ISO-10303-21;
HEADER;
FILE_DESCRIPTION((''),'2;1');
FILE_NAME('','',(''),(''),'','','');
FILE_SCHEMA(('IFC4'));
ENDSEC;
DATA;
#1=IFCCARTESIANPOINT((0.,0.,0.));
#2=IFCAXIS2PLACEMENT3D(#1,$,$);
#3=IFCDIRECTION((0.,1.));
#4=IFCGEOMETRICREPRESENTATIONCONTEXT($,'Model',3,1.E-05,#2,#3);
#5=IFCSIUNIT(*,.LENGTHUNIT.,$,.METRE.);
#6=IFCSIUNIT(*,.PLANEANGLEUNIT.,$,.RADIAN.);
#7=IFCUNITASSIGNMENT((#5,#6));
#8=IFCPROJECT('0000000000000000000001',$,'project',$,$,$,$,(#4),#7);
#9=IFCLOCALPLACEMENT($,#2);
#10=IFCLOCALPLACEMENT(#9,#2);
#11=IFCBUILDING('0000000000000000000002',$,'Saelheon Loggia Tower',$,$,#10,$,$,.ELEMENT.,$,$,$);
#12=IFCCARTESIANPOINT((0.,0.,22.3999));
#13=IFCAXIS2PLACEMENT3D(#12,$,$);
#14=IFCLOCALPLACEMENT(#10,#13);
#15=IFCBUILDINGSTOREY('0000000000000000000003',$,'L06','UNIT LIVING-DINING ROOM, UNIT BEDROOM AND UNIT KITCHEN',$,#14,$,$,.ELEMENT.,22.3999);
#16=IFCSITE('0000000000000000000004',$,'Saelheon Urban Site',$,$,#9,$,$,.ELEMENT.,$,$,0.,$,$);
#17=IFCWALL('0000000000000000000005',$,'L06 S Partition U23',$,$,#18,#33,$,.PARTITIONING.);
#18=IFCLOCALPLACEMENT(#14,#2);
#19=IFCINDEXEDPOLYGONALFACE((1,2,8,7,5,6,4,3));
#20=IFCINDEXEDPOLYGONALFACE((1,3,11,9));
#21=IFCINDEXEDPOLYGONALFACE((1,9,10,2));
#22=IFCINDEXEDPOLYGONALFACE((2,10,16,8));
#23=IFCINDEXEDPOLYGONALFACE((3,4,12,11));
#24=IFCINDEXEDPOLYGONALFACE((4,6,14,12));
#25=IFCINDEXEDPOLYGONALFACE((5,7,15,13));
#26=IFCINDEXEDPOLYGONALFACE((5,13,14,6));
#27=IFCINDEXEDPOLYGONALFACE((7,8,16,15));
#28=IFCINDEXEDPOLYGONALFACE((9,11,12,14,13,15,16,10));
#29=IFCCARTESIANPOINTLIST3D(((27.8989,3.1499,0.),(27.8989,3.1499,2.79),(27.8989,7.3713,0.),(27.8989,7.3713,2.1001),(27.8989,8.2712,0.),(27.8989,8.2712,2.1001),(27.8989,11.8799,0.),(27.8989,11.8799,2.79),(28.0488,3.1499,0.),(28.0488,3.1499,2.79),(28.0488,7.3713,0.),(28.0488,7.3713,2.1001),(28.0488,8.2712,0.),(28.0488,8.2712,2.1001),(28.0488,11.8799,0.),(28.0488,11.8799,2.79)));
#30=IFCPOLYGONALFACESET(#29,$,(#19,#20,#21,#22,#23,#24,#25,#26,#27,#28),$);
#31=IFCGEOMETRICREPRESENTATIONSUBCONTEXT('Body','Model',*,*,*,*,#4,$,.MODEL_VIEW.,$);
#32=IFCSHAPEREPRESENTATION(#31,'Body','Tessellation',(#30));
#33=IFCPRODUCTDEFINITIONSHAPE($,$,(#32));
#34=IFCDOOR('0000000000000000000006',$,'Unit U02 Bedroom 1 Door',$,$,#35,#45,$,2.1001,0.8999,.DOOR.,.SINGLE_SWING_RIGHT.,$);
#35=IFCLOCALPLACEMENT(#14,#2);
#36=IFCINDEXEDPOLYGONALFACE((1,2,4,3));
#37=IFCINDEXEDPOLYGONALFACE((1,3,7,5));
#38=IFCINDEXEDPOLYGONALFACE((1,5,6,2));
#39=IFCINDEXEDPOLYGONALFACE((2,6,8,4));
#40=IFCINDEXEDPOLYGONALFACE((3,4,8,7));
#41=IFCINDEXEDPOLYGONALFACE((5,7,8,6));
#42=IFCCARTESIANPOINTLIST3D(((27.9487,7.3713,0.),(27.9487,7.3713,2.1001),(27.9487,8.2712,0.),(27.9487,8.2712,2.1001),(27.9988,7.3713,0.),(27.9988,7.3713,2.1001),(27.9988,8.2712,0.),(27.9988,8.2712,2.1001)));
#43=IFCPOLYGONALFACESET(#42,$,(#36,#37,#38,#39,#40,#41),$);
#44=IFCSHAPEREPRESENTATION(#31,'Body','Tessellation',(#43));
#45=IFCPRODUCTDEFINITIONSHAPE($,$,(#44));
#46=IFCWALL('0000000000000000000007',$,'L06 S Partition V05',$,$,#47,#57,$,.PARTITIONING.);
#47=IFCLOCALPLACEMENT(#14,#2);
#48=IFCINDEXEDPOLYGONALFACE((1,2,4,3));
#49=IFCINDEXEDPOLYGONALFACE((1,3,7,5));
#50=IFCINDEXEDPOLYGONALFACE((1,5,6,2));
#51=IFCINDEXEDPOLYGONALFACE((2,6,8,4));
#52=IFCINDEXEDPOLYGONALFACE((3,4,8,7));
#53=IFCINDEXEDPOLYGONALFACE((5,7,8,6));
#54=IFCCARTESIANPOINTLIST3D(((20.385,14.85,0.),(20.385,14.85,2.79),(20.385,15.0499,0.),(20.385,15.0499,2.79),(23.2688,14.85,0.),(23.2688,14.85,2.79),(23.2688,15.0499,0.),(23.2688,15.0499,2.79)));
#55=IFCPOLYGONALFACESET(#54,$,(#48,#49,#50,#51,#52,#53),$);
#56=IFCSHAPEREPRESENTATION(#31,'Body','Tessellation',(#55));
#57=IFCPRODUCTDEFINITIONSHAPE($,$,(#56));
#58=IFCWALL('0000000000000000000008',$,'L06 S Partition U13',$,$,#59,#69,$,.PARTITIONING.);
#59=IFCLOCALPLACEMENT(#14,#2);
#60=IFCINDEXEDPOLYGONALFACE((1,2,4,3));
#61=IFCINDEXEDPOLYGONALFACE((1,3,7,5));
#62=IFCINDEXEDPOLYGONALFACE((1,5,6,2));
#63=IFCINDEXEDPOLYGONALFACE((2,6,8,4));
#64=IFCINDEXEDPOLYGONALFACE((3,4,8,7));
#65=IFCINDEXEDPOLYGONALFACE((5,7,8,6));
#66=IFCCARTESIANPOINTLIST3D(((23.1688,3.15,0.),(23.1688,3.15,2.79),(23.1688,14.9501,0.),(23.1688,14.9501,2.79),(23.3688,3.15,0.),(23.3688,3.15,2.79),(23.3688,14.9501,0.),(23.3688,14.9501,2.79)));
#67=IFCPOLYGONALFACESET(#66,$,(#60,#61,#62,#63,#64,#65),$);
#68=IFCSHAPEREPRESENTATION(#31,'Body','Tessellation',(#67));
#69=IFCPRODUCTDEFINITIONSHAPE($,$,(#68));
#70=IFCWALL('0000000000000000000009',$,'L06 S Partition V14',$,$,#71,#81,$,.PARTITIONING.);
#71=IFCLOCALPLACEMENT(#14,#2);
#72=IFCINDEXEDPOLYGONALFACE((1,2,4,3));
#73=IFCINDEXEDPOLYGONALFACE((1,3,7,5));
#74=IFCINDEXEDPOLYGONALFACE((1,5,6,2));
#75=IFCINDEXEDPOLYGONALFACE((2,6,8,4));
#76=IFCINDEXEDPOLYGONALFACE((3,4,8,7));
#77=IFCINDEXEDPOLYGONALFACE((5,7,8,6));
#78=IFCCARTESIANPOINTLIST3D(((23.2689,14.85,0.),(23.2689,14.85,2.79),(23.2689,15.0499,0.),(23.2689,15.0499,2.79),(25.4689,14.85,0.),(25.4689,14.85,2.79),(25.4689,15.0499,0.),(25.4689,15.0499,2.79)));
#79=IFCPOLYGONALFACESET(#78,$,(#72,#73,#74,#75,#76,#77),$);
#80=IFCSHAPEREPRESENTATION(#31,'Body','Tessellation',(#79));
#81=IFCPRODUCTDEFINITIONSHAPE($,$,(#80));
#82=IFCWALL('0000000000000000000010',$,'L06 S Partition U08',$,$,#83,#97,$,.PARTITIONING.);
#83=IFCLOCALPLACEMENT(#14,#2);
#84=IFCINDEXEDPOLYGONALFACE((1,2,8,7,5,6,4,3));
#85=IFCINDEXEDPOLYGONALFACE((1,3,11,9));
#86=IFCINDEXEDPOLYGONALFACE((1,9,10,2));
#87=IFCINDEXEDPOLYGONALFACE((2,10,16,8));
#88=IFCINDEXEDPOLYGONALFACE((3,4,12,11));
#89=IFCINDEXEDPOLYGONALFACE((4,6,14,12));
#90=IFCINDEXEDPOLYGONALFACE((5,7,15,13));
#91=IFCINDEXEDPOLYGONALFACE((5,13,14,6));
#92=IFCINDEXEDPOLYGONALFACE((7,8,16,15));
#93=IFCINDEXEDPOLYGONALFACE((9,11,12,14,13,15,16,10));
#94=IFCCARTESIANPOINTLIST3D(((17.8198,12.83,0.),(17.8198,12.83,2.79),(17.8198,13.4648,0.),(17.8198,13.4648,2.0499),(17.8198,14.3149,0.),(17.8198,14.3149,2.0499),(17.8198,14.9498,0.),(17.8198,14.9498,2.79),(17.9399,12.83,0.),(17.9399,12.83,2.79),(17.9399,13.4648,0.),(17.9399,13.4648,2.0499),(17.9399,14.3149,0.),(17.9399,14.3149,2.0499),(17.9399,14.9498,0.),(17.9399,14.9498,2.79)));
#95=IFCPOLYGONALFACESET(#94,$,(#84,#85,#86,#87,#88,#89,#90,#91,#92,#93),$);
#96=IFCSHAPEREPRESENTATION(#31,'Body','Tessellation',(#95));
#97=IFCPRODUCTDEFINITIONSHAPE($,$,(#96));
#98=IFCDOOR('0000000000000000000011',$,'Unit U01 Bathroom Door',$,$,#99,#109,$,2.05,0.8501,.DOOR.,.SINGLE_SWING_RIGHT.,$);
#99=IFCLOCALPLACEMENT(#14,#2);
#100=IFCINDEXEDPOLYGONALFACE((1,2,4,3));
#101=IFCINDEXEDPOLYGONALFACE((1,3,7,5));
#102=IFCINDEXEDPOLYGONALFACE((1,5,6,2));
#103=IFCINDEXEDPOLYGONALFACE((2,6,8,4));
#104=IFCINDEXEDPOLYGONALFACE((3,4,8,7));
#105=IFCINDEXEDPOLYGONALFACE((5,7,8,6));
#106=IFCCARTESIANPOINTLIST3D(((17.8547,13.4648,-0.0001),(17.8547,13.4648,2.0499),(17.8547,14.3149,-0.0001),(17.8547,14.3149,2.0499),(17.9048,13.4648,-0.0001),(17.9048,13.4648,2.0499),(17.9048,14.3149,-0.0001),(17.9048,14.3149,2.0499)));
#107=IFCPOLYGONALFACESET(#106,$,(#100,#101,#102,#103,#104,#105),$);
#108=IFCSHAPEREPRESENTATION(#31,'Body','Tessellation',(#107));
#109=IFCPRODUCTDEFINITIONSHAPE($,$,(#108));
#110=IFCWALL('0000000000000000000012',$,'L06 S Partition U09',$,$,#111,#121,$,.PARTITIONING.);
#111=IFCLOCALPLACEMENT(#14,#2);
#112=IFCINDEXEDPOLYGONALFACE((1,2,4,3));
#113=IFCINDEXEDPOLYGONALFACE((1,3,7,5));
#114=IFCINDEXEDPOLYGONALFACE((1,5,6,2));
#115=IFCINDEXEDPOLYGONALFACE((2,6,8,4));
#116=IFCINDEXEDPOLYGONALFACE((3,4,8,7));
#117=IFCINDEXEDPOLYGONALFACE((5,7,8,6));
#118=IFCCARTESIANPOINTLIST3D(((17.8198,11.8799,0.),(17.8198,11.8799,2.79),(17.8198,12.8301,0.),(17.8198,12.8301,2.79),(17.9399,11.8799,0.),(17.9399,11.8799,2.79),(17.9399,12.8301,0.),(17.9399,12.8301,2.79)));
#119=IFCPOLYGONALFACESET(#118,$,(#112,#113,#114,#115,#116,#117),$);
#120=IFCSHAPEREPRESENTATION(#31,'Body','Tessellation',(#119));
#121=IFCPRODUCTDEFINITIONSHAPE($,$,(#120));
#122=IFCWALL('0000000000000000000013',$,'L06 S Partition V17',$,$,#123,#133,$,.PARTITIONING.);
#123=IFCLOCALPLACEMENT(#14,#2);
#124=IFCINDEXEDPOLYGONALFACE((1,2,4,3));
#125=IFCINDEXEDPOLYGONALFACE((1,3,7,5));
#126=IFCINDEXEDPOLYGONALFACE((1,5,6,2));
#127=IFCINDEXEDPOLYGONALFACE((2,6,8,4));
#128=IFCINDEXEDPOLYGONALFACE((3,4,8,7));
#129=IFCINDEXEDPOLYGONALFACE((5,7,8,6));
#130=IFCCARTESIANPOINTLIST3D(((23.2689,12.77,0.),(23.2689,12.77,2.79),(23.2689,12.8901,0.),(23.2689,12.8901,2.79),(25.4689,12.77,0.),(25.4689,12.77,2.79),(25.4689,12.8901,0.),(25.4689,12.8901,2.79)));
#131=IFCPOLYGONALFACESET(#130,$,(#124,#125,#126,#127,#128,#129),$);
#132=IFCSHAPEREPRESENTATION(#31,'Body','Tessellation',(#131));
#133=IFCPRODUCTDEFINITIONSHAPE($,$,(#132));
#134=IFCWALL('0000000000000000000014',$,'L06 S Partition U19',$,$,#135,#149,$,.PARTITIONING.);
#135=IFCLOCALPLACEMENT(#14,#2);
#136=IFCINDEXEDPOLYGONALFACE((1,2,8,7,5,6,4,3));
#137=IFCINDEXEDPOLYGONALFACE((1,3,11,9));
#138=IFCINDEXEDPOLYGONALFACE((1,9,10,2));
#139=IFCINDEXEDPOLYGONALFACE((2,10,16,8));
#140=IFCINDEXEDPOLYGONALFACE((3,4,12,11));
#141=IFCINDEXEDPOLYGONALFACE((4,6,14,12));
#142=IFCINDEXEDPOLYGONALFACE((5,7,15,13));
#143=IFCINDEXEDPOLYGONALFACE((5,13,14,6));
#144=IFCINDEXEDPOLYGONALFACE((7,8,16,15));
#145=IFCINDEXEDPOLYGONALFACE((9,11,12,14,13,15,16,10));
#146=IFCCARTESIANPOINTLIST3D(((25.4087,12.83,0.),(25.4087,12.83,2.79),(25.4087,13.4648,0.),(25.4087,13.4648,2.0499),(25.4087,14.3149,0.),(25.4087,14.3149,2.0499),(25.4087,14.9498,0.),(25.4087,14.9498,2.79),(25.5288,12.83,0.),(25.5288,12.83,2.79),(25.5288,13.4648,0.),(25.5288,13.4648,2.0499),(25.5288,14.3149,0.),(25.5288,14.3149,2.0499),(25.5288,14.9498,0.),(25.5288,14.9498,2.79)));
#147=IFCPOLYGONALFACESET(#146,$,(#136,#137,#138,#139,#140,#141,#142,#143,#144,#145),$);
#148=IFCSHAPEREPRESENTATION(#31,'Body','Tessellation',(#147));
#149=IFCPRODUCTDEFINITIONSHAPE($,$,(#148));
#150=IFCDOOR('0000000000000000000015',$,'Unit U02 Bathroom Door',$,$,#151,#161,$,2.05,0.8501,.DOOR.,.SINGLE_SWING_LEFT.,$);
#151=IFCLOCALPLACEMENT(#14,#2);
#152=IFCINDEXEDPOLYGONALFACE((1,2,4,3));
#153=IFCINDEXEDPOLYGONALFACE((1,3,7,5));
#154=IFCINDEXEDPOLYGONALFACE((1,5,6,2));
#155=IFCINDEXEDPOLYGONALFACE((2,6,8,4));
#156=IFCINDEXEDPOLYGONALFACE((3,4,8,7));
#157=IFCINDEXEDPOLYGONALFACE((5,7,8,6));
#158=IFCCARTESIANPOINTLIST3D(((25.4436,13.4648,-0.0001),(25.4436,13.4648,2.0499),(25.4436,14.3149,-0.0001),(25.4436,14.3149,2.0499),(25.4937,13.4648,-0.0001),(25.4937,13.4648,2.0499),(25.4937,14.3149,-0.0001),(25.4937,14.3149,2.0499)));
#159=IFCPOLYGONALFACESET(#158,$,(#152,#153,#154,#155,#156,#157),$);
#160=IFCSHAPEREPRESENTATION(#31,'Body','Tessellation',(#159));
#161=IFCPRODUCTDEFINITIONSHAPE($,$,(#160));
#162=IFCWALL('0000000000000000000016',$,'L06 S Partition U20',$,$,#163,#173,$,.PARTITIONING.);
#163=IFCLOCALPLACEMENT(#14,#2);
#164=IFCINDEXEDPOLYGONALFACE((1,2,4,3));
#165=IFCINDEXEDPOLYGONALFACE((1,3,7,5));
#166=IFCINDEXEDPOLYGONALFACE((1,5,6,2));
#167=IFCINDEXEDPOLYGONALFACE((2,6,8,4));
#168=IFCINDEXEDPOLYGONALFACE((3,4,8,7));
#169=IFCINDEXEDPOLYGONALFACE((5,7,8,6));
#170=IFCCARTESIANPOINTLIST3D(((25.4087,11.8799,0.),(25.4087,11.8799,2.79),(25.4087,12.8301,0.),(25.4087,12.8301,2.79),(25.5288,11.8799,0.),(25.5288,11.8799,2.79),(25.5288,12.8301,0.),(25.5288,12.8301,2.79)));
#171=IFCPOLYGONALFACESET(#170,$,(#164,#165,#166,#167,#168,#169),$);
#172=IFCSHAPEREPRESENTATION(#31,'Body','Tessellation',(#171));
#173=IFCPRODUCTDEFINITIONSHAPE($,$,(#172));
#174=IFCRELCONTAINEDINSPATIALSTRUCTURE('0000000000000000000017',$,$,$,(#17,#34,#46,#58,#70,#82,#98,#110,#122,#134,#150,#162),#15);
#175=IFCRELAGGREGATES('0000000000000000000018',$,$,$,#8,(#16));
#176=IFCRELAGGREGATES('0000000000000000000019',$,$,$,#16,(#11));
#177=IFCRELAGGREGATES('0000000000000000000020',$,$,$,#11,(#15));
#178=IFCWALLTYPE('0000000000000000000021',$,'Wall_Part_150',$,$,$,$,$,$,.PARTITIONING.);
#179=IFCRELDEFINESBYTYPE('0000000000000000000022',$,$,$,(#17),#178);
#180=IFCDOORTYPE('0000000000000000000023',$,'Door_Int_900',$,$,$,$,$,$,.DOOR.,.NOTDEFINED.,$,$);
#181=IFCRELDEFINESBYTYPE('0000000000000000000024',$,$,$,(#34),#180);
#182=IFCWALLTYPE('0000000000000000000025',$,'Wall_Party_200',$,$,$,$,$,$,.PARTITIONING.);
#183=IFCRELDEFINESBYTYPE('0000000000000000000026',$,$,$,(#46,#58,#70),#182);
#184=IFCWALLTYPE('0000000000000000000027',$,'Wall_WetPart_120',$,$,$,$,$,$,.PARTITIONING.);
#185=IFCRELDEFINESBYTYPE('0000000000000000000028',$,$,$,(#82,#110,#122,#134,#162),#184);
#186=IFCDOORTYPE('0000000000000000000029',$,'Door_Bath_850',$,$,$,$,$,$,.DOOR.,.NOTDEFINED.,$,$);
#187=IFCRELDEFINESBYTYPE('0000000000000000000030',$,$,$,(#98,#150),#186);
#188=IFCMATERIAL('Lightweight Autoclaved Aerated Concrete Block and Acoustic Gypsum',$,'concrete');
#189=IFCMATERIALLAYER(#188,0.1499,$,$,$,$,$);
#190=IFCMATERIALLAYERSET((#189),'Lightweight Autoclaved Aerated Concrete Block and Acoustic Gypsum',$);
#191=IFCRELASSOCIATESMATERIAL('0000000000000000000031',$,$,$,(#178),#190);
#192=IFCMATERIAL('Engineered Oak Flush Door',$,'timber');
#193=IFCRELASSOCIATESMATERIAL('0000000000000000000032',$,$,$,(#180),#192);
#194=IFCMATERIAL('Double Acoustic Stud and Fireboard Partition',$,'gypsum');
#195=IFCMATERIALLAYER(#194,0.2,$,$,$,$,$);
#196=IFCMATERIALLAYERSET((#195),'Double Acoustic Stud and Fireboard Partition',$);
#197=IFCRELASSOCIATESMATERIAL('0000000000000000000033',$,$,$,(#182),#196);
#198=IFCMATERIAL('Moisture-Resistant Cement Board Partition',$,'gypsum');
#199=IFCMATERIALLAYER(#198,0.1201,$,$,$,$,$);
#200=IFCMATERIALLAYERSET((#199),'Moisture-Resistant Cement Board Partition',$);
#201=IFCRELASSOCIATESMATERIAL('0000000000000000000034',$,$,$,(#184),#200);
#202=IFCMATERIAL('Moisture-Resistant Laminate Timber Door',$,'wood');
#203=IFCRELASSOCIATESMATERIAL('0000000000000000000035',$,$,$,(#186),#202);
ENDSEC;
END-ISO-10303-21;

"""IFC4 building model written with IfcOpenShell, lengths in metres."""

from ifc_helpers import new_model, si_unit, direction, frame, frame_2d, origin, place, context, subcontext, project, spatial, rectangle, extrude, source, transform, mapped, material, layer, layer_set, type_object, element, fill, save


model = new_model("IFC4")

# Units and contexts
model_context = context("Model", 3, precision=1e-05, world=origin(), true_north=direction((0.0, 1.0)))
body_context = subcontext(model_context, "Body", "Model", "MODEL_VIEW")
ifc_project = project(units=[si_unit("LENGTHUNIT", "METRE"), si_unit("PLANEANGLEUNIT", "RADIAN")], contexts=[model_context])

# Site, building, storey
site_placement = place(None, origin())
site = spatial("IfcSite", under=ifc_project, at=site_placement, Name="Saelheon Urban Site", CompositionType="ELEMENT", RefElevation=0.0)
building_placement = place(site_placement, origin())
building = spatial("IfcBuilding", under=site, at=building_placement, Name="Saelheon Loggia Tower", CompositionType="ELEMENT")
storey_placement = place(building_placement, frame((0.0, 0.0, 22.3999)))
storey = spatial("IfcBuildingStorey", under=building, at=storey_placement, Name="L06", Description="UNIT LIVING-DINING ROOM, UNIT BEDROOM AND UNIT KITCHEN", CompositionType="ELEMENT", Elevation=22.3999)

# Shared definitions
ifc_material_1 = material(Name="Lightweight Autoclaved Aerated Concrete Block and Acoustic Gypsum", Category="concrete")
ifc_layer_1 = layer(ifc_material_1, 0.1499)
ifc_layer_set_1 = layer_set([ifc_layer_1], Name="Lightweight Autoclaved Aerated Concrete Block and Acoustic Gypsum")
wall_type_1 = type_object("IfcWallType", Name="Wall_Part_150", PredefinedType="PARTITIONING", material=ifc_layer_set_1)

# Shared definitions
ifc_material_2 = material(Name="Engineered Oak Flush Door", Category="timber")
door_type_1 = type_object("IfcDoorType", Name="Door_Int_900", OperationType="NOTDEFINED", PredefinedType="DOOR", material=ifc_material_2)
shared_shape_1 = source(origin(), body_context, "Body", "SweptSolid", [
    extrude(rectangle(XDim=0.8999, YDim=2.1001, at=frame_2d((0.45, 1.05))), frame((0.0, 0.0249, 0.0), z_axis=(0.0, -1.0, 0.0), x_axis=(1.0, 0.0, 0.0)), (0.0, 0.0, 1.0), 0.05),
])

# Wall, opening, door
wall_1_placement = place(storey_placement, frame((27.9739, 11.8799, 0.0), z_axis=(0.0, 0.0, 1.0), x_axis=(0.0, -1.0, 0.0)))
wall_1 = element("IfcWall", 1, at=wall_1_placement, inside=storey, type_object=wall_type_1, Name="L06 S Partition U23", PredefinedType="PARTITIONING", context=body_context, shape_type="SweptSolid", body=[
    extrude(rectangle(XDim=8.73, YDim=0.1499, at=frame_2d((4.365, 0.0))), origin(), (0.0, 0.0, 1.0), 2.79),
])
opening_1_placement = place(wall_1_placement, frame((3.6086, 0.0, 0.0)))
opening_1 = element("IfcOpeningElement", 2, at=opening_1_placement, cuts=wall_1, PredefinedType="OPENING", context=body_context, shape_type="SweptSolid", body=[
    extrude(rectangle(XDim=0.8999, YDim=2.1001, at=frame_2d((0.45, 1.05))), frame((0.0, 0.0869, 0.0), z_axis=(0.0, -1.0, 0.0), x_axis=(1.0, 0.0, 0.0)), (0.0, 0.0, 1.0), 0.1738),
])
door_1_placement = place(opening_1_placement, origin())
door_1 = element("IfcDoor", 3, at=door_1_placement, inside=storey, type_object=door_type_1, Name="Unit U02 Bedroom 1 Door", OperationType="SINGLE_SWING_RIGHT", OverallHeight=2.1001, OverallWidth=0.8999, PredefinedType="DOOR", context=body_context, shape_type="MappedRepresentation", body=[
    mapped(shared_shape_1, transform((0.0, 0.0, 0.0), scale=1.0)),
])
fill(opening_1, door_1)
ifc_material_3 = material(Name="Double Acoustic Stud and Fireboard Partition", Category="gypsum")
ifc_layer_2 = layer(ifc_material_3, 0.2)
ifc_layer_set_2 = layer_set([ifc_layer_2], Name="Double Acoustic Stud and Fireboard Partition")
wall_type_2 = type_object("IfcWallType", Name="Wall_Party_200", PredefinedType="PARTITIONING", material=ifc_layer_set_2)

# Walls
wall_2_placement = place(storey_placement, frame((20.385, 14.95, 0.0), z_axis=(0.0, 0.0, 1.0), x_axis=(1.0, 0.0, 0.0)))
element("IfcWall", 4, at=wall_2_placement, inside=storey, type_object=wall_type_2, Name="L06 S Partition V05", PredefinedType="PARTITIONING", context=body_context, shape_type="SweptSolid", body=[
    extrude(rectangle(XDim=2.8838, YDim=0.2, at=frame_2d((1.4419, 0.0))), origin(), (0.0, 0.0, 1.0), 2.79),
])
wall_3_placement = place(storey_placement, frame((23.2688, 14.95, 0.0), z_axis=(0.0, 0.0, 1.0), x_axis=(0.0, -1.0, 0.0)))
element("IfcWall", 5, at=wall_3_placement, inside=storey, type_object=wall_type_2, Name="L06 S Partition U13", PredefinedType="PARTITIONING", context=body_context, shape_type="SweptSolid", body=[
    extrude(rectangle(XDim=11.8, YDim=0.2, at=frame_2d((5.8999, 0.0))), origin(), (0.0, 0.0, 1.0), 2.79),
])
wall_4_placement = place(storey_placement, frame((23.2688, 14.95, 0.0), z_axis=(0.0, 0.0, 1.0), x_axis=(1.0, 0.0, 0.0)))
element("IfcWall", 6, at=wall_4_placement, inside=storey, type_object=wall_type_2, Name="L06 S Partition V14", PredefinedType="PARTITIONING", context=body_context, shape_type="SweptSolid", body=[
    extrude(rectangle(XDim=2.2, YDim=0.2, at=frame_2d((1.1001, 0.0))), origin(), (0.0, 0.0, 1.0), 2.79),
])

# Wall, opening, door
ifc_material_4 = material(Name="Moisture-Resistant Cement Board Partition", Category="gypsum")
ifc_layer_3 = layer(ifc_material_4, 0.1201)
ifc_layer_set_3 = layer_set([ifc_layer_3], Name="Moisture-Resistant Cement Board Partition")
wall_type_3 = type_object("IfcWallType", Name="Wall_WetPart_120", PredefinedType="PARTITIONING", material=ifc_layer_set_3)
wall_5_placement = place(storey_placement, frame((17.8799, 14.95, 0.0), z_axis=(0.0, 0.0, 1.0), x_axis=(0.0, -1.0, 0.0)))
wall_5 = element("IfcWall", 7, at=wall_5_placement, inside=storey, type_object=wall_type_3, Name="L06 S Partition U08", PredefinedType="PARTITIONING", context=body_context, shape_type="SweptSolid", body=[
    extrude(rectangle(XDim=2.1199, YDim=0.1201, at=frame_2d((1.0601, 0.0))), origin(), (0.0, 0.0, 1.0), 2.79),
])
opening_2_placement = place(wall_5_placement, frame((0.635, 0.0, 0.0)))
opening_2 = element("IfcOpeningElement", 8, at=opening_2_placement, cuts=wall_5, PredefinedType="OPENING", context=body_context, shape_type="SweptSolid", body=[
    extrude(rectangle(XDim=0.8501, YDim=2.05, at=frame_2d((0.425, 1.0249))), frame((0.0, 0.072, 0.0), z_axis=(0.0, -1.0, 0.0), x_axis=(1.0, 0.0, 0.0)), (0.0, 0.0, 1.0), 0.144),
])
ifc_material_5 = material(Name="Moisture-Resistant Laminate Timber Door", Category="wood")
door_type_2 = type_object("IfcDoorType", Name="Door_Bath_850", OperationType="NOTDEFINED", PredefinedType="DOOR", material=ifc_material_5)
shared_shape_2 = source(origin(), body_context, "Body", "SweptSolid", [
    extrude(rectangle(XDim=0.8501, YDim=2.05, at=frame_2d((0.425, 1.0249))), frame((0.0, 0.0249, 0.0), z_axis=(0.0, -1.0, 0.0), x_axis=(1.0, 0.0, 0.0)), (0.0, 0.0, 1.0), 0.05),
])
door_2_placement = place(opening_2_placement, origin())
door_2 = element("IfcDoor", 9, at=door_2_placement, inside=storey, type_object=door_type_2, Name="Unit U01 Bathroom Door", OperationType="SINGLE_SWING_RIGHT", OverallHeight=2.05, OverallWidth=0.8501, PredefinedType="DOOR", context=body_context, shape_type="MappedRepresentation", body=[
    mapped(shared_shape_2, transform((0.0, 0.0, 0.0), scale=1.0)),
])
fill(opening_2, door_2)

# Walls
wall_6_placement = place(storey_placement, frame((17.8799, 12.8301, 0.0), z_axis=(0.0, 0.0, 1.0), x_axis=(0.0, -1.0, 0.0)))
element("IfcWall", 10, at=wall_6_placement, inside=storey, type_object=wall_type_3, Name="L06 S Partition U09", PredefinedType="PARTITIONING", context=body_context, shape_type="SweptSolid", body=[
    extrude(rectangle(XDim=0.9502, YDim=0.1201, at=frame_2d((0.4751, 0.0))), origin(), (0.0, 0.0, 1.0), 2.79),
])
wall_7_placement = place(storey_placement, frame((23.2688, 12.8301, 0.0), z_axis=(0.0, 0.0, 1.0), x_axis=(1.0, 0.0, 0.0)))
element("IfcWall", 11, at=wall_7_placement, inside=storey, type_object=wall_type_3, Name="L06 S Partition V17", PredefinedType="PARTITIONING", context=body_context, shape_type="SweptSolid", body=[
    extrude(rectangle(XDim=2.2, YDim=0.1201, at=frame_2d((1.1001, 0.0))), origin(), (0.0, 0.0, 1.0), 2.79),
])

# Wall, opening, door
wall_8_placement = place(storey_placement, frame((25.4688, 14.95, 0.0), z_axis=(0.0, 0.0, 1.0), x_axis=(0.0, -1.0, 0.0)))
wall_8 = element("IfcWall", 12, at=wall_8_placement, inside=storey, type_object=wall_type_3, Name="L06 S Partition U19", PredefinedType="PARTITIONING", context=body_context, shape_type="SweptSolid", body=[
    extrude(rectangle(XDim=2.1199, YDim=0.1201, at=frame_2d((1.0601, 0.0))), origin(), (0.0, 0.0, 1.0), 2.79),
])
opening_3_placement = place(wall_8_placement, frame((0.635, 0.0, 0.0)))
opening_3 = element("IfcOpeningElement", 13, at=opening_3_placement, cuts=wall_8, PredefinedType="OPENING", context=body_context, shape_type="SweptSolid", body=[
    extrude(rectangle(XDim=0.8501, YDim=2.05, at=frame_2d((0.425, 1.0249))), frame((0.0, 0.072, 0.0), z_axis=(0.0, -1.0, 0.0), x_axis=(1.0, 0.0, 0.0)), (0.0, 0.0, 1.0), 0.144),
])
door_3_placement = place(opening_3_placement, origin())
door_3 = element("IfcDoor", 14, at=door_3_placement, inside=storey, type_object=door_type_2, Name="Unit U02 Bathroom Door", OperationType="SINGLE_SWING_LEFT", OverallHeight=2.05, OverallWidth=0.8501, PredefinedType="DOOR", context=body_context, shape_type="MappedRepresentation", body=[
    mapped(shared_shape_2, transform((0.0, 0.0, 0.0), scale=1.0)),
])
fill(opening_3, door_3)

# Wall
wall_9_placement = place(storey_placement, frame((25.4688, 12.8301, 0.0), z_axis=(0.0, 0.0, 1.0), x_axis=(0.0, -1.0, 0.0)))
element("IfcWall", 15, at=wall_9_placement, inside=storey, type_object=wall_type_3, Name="L06 S Partition U20", PredefinedType="PARTITIONING", context=body_context, shape_type="SweptSolid", body=[
    extrude(rectangle(XDim=0.9502, YDim=0.1201, at=frame_2d((0.4751, 0.0))), origin(), (0.0, 0.0, 1.0), 2.79),
])

save(model, "model.ifc")
